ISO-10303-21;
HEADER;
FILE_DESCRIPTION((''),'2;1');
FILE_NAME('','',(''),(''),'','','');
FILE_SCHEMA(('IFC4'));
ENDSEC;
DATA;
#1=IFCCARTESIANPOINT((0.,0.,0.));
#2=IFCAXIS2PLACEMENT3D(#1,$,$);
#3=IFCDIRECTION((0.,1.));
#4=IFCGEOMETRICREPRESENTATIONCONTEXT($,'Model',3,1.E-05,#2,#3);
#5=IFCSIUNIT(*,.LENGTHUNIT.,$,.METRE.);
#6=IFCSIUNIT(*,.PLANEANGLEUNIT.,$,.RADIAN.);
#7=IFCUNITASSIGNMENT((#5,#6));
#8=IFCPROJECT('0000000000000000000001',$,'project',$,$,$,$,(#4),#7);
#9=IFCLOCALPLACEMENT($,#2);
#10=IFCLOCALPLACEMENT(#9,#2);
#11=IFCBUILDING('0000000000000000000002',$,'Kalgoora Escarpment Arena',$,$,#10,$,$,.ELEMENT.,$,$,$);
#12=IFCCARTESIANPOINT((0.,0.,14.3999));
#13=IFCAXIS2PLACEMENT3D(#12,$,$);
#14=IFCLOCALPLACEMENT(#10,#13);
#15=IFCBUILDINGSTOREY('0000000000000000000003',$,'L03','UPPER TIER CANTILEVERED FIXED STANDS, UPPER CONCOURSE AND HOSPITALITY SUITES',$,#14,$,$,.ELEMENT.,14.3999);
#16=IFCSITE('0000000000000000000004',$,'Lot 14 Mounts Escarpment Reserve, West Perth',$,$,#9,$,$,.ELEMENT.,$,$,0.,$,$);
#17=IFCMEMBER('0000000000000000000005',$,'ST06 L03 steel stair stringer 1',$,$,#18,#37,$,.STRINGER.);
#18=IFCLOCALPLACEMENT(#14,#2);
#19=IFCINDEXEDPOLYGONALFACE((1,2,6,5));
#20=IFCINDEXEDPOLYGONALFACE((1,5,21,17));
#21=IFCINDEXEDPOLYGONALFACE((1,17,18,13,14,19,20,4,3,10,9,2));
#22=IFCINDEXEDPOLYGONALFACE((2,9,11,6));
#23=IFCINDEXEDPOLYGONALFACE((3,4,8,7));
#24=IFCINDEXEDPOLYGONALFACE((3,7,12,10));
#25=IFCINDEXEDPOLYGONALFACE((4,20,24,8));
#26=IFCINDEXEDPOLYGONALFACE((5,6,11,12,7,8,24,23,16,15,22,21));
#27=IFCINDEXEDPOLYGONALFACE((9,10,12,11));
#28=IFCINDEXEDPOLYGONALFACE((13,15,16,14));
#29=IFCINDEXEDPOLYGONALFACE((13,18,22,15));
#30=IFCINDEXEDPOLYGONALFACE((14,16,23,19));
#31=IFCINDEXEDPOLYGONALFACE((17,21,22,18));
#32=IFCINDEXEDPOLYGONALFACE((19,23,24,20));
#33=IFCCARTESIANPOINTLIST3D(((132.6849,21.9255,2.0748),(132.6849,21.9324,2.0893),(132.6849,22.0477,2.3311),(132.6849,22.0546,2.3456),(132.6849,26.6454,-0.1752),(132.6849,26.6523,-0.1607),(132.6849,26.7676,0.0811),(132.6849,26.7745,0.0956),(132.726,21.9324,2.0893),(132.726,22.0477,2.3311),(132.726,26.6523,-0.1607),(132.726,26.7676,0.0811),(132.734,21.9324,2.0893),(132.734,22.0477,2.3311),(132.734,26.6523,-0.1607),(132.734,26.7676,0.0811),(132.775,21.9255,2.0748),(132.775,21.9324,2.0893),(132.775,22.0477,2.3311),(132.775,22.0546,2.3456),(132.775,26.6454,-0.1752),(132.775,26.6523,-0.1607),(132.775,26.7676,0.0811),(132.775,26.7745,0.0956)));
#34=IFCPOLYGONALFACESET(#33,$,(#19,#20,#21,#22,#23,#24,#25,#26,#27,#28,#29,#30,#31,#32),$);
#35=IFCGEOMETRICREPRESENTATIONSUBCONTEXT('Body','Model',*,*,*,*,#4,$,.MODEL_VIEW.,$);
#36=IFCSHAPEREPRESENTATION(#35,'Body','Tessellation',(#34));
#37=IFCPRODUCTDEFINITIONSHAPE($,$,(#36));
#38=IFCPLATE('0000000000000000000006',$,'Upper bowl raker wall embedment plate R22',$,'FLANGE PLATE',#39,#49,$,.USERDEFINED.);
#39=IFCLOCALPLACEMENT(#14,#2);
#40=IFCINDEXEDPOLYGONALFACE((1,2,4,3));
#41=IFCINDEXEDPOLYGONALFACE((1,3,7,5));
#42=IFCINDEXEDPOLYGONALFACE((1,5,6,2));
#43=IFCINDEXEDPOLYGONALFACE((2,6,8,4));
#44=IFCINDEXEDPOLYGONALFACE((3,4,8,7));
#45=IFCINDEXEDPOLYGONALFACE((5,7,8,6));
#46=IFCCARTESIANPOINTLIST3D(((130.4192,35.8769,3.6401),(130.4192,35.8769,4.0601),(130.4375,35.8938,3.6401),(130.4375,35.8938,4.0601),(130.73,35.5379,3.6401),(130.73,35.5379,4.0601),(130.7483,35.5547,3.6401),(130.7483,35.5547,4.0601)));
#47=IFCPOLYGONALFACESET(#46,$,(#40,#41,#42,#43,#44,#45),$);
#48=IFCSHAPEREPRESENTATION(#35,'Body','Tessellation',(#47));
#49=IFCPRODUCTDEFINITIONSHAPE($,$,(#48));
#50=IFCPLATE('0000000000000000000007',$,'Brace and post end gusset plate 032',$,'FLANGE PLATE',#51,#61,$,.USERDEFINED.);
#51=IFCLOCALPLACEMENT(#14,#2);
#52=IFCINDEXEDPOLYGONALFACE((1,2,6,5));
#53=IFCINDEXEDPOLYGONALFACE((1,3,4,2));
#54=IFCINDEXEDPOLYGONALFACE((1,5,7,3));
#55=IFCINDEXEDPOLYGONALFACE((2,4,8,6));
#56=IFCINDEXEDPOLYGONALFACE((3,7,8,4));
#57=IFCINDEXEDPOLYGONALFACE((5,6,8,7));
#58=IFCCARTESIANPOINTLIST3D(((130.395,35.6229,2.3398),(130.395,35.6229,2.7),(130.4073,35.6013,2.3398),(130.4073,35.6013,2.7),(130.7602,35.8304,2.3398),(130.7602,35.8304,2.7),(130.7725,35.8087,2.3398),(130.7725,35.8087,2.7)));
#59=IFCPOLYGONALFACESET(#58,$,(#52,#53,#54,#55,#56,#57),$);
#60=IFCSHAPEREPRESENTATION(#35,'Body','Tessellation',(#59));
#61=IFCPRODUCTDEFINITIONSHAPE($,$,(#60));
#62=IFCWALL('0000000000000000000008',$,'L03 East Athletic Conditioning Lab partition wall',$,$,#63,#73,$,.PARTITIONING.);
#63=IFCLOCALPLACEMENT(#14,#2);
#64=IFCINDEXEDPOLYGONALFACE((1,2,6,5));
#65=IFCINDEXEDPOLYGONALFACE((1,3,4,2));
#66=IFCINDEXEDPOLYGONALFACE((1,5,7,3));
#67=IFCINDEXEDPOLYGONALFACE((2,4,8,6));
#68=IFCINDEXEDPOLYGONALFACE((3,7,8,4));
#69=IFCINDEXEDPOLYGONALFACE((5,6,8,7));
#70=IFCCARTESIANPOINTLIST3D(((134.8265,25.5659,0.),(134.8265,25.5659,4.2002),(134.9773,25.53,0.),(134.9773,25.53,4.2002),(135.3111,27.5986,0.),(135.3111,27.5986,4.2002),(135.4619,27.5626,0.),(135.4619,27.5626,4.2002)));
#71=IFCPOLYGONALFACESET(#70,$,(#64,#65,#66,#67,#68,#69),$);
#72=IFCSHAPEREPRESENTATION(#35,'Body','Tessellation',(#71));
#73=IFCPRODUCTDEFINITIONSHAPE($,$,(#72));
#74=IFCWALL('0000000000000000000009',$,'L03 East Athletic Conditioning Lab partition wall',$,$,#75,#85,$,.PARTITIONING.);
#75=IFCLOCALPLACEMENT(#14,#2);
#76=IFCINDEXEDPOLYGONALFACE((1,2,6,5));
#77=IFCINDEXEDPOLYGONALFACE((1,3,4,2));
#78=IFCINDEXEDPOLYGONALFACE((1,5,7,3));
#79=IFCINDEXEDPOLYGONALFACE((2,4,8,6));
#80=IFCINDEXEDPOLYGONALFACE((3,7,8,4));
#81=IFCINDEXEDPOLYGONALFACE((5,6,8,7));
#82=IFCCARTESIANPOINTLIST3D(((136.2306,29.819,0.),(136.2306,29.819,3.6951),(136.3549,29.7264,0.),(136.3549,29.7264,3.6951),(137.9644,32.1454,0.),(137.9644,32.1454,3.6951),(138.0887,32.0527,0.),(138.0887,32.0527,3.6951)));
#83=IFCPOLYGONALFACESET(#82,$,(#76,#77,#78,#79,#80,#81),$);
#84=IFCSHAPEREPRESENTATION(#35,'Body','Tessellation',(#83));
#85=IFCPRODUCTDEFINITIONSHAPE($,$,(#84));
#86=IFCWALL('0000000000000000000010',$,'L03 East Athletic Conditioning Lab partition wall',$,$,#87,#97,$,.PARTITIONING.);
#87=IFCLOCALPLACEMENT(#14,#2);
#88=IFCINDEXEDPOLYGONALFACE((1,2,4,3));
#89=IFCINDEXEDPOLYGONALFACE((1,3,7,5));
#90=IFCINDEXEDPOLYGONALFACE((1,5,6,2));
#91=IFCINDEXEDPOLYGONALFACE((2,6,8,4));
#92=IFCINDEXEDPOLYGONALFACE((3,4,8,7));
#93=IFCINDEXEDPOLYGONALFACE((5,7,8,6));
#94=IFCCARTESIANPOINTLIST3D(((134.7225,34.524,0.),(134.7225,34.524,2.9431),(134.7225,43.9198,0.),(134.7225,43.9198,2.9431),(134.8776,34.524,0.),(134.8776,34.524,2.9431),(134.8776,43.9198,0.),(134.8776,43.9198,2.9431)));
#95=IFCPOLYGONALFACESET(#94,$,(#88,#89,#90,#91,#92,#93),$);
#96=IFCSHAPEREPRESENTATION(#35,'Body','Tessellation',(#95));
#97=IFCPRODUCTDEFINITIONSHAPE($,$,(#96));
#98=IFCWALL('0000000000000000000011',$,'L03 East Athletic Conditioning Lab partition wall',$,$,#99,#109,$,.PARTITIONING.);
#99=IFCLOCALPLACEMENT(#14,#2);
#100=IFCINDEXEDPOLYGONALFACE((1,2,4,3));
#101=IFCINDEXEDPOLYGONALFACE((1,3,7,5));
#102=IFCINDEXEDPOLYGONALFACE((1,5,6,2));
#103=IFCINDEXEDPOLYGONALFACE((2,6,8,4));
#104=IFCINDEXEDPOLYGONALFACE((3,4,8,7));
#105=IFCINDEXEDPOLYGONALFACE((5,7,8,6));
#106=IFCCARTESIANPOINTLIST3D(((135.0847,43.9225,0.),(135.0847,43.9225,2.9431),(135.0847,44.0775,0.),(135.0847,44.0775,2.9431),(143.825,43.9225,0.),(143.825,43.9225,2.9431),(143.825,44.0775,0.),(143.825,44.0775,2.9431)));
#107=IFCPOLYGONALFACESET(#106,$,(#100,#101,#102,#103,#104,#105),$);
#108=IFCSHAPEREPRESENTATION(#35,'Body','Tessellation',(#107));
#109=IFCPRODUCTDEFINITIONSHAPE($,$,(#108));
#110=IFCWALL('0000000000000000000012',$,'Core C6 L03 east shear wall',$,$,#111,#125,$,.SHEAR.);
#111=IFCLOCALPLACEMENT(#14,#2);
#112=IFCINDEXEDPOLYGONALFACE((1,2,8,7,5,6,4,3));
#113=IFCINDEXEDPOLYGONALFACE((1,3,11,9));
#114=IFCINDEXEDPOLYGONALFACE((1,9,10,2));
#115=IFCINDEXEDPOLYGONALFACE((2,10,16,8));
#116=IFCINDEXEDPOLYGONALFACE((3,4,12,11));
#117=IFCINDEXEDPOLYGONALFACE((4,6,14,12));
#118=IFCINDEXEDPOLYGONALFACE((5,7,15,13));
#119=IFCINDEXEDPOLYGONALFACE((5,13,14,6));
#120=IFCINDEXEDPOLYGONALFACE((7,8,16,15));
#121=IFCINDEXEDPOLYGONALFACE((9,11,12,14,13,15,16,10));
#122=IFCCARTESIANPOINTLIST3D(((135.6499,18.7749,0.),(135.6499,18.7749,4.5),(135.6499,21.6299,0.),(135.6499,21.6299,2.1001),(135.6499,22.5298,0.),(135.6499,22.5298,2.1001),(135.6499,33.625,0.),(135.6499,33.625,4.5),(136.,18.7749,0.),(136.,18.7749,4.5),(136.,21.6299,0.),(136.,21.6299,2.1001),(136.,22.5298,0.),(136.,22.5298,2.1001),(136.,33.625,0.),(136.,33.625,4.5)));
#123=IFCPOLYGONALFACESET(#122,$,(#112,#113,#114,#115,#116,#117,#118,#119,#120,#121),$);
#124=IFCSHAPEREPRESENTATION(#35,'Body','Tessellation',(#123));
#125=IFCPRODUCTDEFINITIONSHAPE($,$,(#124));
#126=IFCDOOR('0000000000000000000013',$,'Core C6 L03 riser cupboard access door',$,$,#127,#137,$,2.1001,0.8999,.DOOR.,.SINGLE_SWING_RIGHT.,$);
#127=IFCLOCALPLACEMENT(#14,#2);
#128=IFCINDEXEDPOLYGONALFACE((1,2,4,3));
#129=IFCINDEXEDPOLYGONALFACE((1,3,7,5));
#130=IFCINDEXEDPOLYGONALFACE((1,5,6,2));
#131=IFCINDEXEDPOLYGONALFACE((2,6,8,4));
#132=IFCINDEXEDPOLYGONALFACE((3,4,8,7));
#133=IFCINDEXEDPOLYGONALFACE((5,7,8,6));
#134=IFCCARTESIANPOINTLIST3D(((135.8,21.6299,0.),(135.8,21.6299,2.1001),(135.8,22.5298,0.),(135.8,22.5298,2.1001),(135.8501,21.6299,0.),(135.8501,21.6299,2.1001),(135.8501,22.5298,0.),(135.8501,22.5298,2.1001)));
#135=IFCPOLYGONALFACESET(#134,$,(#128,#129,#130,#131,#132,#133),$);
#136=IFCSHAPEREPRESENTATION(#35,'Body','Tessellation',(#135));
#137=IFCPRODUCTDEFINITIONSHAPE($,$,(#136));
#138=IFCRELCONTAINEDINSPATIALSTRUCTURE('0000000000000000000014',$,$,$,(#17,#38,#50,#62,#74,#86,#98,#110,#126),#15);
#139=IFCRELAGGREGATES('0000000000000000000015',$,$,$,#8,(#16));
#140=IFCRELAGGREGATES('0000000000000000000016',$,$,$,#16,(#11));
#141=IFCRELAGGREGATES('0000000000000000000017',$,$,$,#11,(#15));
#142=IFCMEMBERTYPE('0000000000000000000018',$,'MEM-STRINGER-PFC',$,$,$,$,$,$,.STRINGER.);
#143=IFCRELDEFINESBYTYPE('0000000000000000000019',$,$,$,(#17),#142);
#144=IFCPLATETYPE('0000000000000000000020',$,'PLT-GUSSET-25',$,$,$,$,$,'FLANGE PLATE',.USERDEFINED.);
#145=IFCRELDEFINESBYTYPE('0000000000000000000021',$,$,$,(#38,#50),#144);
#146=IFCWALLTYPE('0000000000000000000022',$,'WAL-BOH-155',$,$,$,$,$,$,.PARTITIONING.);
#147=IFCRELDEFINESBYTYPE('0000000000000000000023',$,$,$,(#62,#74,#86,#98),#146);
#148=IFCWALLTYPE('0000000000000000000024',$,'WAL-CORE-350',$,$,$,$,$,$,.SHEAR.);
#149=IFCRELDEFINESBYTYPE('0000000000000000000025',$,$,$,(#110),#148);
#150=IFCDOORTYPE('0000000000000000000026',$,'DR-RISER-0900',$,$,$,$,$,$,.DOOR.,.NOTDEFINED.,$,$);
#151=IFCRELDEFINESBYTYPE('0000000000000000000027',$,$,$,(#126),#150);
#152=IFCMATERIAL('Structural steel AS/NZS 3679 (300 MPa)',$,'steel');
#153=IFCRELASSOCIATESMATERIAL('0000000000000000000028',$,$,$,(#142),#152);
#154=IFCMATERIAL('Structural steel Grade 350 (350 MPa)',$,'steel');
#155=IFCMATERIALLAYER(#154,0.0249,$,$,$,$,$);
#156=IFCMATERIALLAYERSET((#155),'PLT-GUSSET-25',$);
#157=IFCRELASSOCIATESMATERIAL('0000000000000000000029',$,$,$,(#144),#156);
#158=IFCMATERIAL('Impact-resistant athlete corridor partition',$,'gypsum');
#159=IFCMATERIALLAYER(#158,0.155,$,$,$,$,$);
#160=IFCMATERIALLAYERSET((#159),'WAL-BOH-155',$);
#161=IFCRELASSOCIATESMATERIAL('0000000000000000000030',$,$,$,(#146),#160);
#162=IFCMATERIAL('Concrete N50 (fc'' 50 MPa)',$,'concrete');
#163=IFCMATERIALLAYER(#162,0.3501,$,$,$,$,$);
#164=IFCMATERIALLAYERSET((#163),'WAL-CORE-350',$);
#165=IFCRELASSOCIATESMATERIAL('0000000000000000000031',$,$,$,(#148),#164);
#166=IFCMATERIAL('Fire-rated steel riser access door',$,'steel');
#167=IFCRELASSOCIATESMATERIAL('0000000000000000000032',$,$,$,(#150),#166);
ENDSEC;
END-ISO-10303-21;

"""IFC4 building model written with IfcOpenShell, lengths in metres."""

from ifc_helpers import new_model, si_unit, direction, frame, frame_2d, origin, origin_2d, place, context, subcontext, project, spatial, rectangle, i_section, extrude, material, layer, layer_set, material_profile, profile_set, type_object, element, fill, save


model = new_model("IFC4")

# Units and contexts
model_context = context("Model", 3, precision=1e-05, world=origin(), true_north=direction((0.0, 1.0)))
body_context = subcontext(model_context, "Body", "Model", "MODEL_VIEW")
ifc_project = project(units=[si_unit("LENGTHUNIT", "METRE"), si_unit("PLANEANGLEUNIT", "RADIAN")], contexts=[model_context])

# Site, building, storey
site_placement = place(None, origin())
site = spatial("IfcSite", under=ifc_project, at=site_placement, Name="Lot 14 Mounts Escarpment Reserve, West Perth", CompositionType="ELEMENT", RefElevation=0.0)
building_placement = place(site_placement, origin())
building = spatial("IfcBuilding", under=site, at=building_placement, Name="Kalgoora Escarpment Arena", CompositionType="ELEMENT")
storey_placement = place(building_placement, frame((0.0, 0.0, 14.3999)))
storey = spatial("IfcBuildingStorey", under=building, at=storey_placement, Name="L03", Description="UPPER TIER CANTILEVERED FIXED STANDS, UPPER CONCOURSE AND HOSPITALITY SUITES", CompositionType="ELEMENT", Elevation=14.3999)

# Member
ifc_material_1 = material(Name="Structural steel AS/NZS 3679 (300 MPa)", Category="steel")
ifc_material_profile_1 = material_profile(ifc_material_1, i_section(OverallWidth=0.0901, OverallDepth=0.3, WebThickness=0.0081, FlangeThickness=0.0161, at=origin_2d()))
ifc_profile_set_1 = profile_set([ifc_material_profile_1], Name="Structural steel AS/NZS 3679 (300 MPa)")
member_type_1 = type_object("IfcMemberType", Name="MEM-STRINGER-PFC", PredefinedType="STRINGER", material=ifc_profile_set_1)
member_1_placement = place(storey_placement, frame((132.73, 26.71, -0.0398), z_axis=(0.0, -0.902683, 0.430307), x_axis=(1.0, 0.0, 0.0)))
element("IfcMember", 1, at=member_1_placement, inside=storey, type_object=member_type_1, Name="ST06 L03 steel stair stringer 1", PredefinedType="STRINGER", context=body_context, shape_type="SweptSolid", body=[
    extrude(i_section(OverallWidth=0.0901, OverallDepth=0.3, WebThickness=0.0081, FlangeThickness=0.0161, at=origin_2d()), origin(), (0.0, 0.0, 1.0), 5.2288),
])

# Plates
ifc_material_2 = material(Name="Structural steel Grade 350 (350 MPa)", Category="steel")
ifc_layer_1 = layer(ifc_material_2, 0.0249)
ifc_layer_set_1 = layer_set([ifc_layer_1], Name="PLT-GUSSET-25")
plate_type = type_object("IfcPlateType", Name="PLT-GUSSET-25", ElementType="FLANGE PLATE", PredefinedType="USERDEFINED", material=ifc_layer_set_1)
plate_1_placement = place(storey_placement, frame((130.5837, 35.7158, 3.6401), z_axis=(0.0, 0.0, 1.0), x_axis=(0.675719, -0.737159, 0.0)))
element("IfcPlate", 2, at=plate_1_placement, inside=storey, type_object=plate_type, Name="Upper bowl raker wall embedment plate R22", ObjectType="FLANGE PLATE", PredefinedType="USERDEFINED", context=body_context, shape_type="SweptSolid", body=[
    extrude(rectangle(XDim=0.46, YDim=0.0249, at=origin_2d()), origin(), (0.0, 0.0, 1.0), 0.4199),
])
plate_2_placement = place(storey_placement, frame((130.5837, 35.7158, 2.3398), z_axis=(0.0, 0.0, 1.0), x_axis=(-0.869495, -0.493942, 0.0)))
element("IfcPlate", 3, at=plate_2_placement, inside=storey, type_object=plate_type, Name="Brace and post end gusset plate 032", ObjectType="FLANGE PLATE", PredefinedType="USERDEFINED", context=body_context, shape_type="SweptSolid", body=[
    extrude(rectangle(XDim=0.4199, YDim=0.0249, at=origin_2d()), origin(), (0.0, 0.0, 1.0), 0.3601),
])

# Walls
ifc_material_3 = material(Name="Impact-resistant athlete corridor partition", Category="gypsum")
ifc_layer_2 = layer(ifc_material_3, 0.155)
ifc_layer_set_2 = layer_set([ifc_layer_2], Name="WAL-BOH-155")
wall_type_1 = type_object("IfcWallType", Name="WAL-BOH-155", PredefinedType="PARTITIONING", material=ifc_layer_set_2)
wall_1_placement = place(storey_placement, frame((134.9019, 25.5479, 0.0), z_axis=(0.0, 0.0, 1.0), x_axis=(0.23191, 0.972737, 0.0)))
element("IfcWall", 4, at=wall_1_placement, inside=storey, type_object=wall_type_1, Name="L03 East Athletic Conditioning Lab partition wall", PredefinedType="PARTITIONING", context=body_context, shape_type="SweptSolid", body=[
    extrude(rectangle(XDim=2.0896, YDim=0.155, at=frame_2d((1.0449, 0.0))), origin(), (0.0, 0.0, 1.0), 4.2002),
])
wall_2_placement = place(storey_placement, frame((136.2927, 29.7727, 0.0), z_axis=(0.0, 0.0, 1.0), x_axis=(0.597587, 0.801804, 0.0)))
element("IfcWall", 5, at=wall_2_placement, inside=storey, type_object=wall_type_1, Name="L03 East Athletic Conditioning Lab partition wall", PredefinedType="PARTITIONING", context=body_context, shape_type="SweptSolid", body=[
    extrude(rectangle(XDim=2.9014, YDim=0.155, at=frame_2d((1.4507, 0.0))), origin(), (0.0, 0.0, 1.0), 3.6951),
])
wall_3_placement = place(storey_placement, frame((134.8, 34.5242, 0.0), z_axis=(0.0, 0.0, 1.0), x_axis=(0.0, 1.0, 0.0)))
element("IfcWall", 6, at=wall_3_placement, inside=storey, type_object=wall_type_1, Name="L03 East Athletic Conditioning Lab partition wall", PredefinedType="PARTITIONING", context=body_context, shape_type="SweptSolid", body=[
    extrude(rectangle(XDim=9.3958, YDim=0.155, at=frame_2d((4.6978, 0.0))), origin(), (0.0, 0.0, 1.0), 2.9431),
])
wall_4_placement = place(storey_placement, frame((135.0847, 44.0, 0.0), z_axis=(0.0, 0.0, 1.0), x_axis=(1.0, 0.0, 0.0)))
element("IfcWall", 7, at=wall_4_placement, inside=storey, type_object=wall_type_1, Name="L03 East Athletic Conditioning Lab partition wall", PredefinedType="PARTITIONING", context=body_context, shape_type="SweptSolid", body=[
    extrude(rectangle(XDim=8.7402, YDim=0.155, at=frame_2d((4.3701, 0.0))), origin(), (0.0, 0.0, 1.0), 2.9431),
])

# Wall, opening, door
ifc_material_4 = material(Name="Concrete N50 (fc' 50 MPa)", Category="concrete")
ifc_layer_3 = layer(ifc_material_4, 0.3501)
ifc_layer_set_3 = layer_set([ifc_layer_3], Name="WAL-CORE-350")
wall_type_2 = type_object("IfcWallType", Name="WAL-CORE-350", PredefinedType="SHEAR", material=ifc_layer_set_3)
wall_5_placement = place(storey_placement, frame((135.825, 18.7749, 0.0), z_axis=(0.0, 0.0, 1.0), x_axis=(0.0, 1.0, 0.0)))
wall_5 = element("IfcWall", 8, at=wall_5_placement, inside=storey, type_object=wall_type_2, Name="Core C6 L03 east shear wall", PredefinedType="SHEAR", context=body_context, shape_type="SweptSolid", body=[
    extrude(rectangle(XDim=14.8501, YDim=0.3501, at=frame_2d((7.425, 0.0))), origin(), (0.0, 0.0, 1.0), 4.5),
])
opening_1_placement = place(wall_5_placement, frame((2.855, 0.0, 0.0)))
opening_1 = element("IfcOpeningElement", 9, at=opening_1_placement, cuts=wall_5, PredefinedType="OPENING", context=body_context, shape_type="SweptSolid", body=[
    extrude(rectangle(XDim=0.8999, YDim=2.1001, at=frame_2d((0.45, 1.05))), frame((0.0, 0.1851, 0.0), z_axis=(0.0, -1.0, 0.0), x_axis=(1.0, 0.0, 0.0)), (0.0, 0.0, 1.0), 0.3701),
])
ifc_material_5 = material(Name="Fire-rated steel riser access door", Category="steel")
door_type_1 = type_object("IfcDoorType", Name="DR-RISER-0900", OperationType="NOTDEFINED", PredefinedType="DOOR", material=ifc_material_5)
door_1_placement = place(opening_1_placement, origin())
door_1 = element("IfcDoor", 10, at=door_1_placement, inside=storey, type_object=door_type_1, Name="Core C6 L03 riser cupboard access door", OperationType="SINGLE_SWING_RIGHT", OverallHeight=2.1001, OverallWidth=0.8999, PredefinedType="DOOR", context=body_context, shape_type="SweptSolid", body=[
    extrude(rectangle(XDim=0.8999, YDim=2.1001, at=frame_2d((0.45, 1.05))), frame((0.0, 0.0249, 0.0), z_axis=(0.0, -1.0, 0.0), x_axis=(1.0, 0.0, 0.0)), (0.0, 0.0, 1.0), 0.05),
])
fill(opening_1, door_1)

save(model, "model.ifc")
